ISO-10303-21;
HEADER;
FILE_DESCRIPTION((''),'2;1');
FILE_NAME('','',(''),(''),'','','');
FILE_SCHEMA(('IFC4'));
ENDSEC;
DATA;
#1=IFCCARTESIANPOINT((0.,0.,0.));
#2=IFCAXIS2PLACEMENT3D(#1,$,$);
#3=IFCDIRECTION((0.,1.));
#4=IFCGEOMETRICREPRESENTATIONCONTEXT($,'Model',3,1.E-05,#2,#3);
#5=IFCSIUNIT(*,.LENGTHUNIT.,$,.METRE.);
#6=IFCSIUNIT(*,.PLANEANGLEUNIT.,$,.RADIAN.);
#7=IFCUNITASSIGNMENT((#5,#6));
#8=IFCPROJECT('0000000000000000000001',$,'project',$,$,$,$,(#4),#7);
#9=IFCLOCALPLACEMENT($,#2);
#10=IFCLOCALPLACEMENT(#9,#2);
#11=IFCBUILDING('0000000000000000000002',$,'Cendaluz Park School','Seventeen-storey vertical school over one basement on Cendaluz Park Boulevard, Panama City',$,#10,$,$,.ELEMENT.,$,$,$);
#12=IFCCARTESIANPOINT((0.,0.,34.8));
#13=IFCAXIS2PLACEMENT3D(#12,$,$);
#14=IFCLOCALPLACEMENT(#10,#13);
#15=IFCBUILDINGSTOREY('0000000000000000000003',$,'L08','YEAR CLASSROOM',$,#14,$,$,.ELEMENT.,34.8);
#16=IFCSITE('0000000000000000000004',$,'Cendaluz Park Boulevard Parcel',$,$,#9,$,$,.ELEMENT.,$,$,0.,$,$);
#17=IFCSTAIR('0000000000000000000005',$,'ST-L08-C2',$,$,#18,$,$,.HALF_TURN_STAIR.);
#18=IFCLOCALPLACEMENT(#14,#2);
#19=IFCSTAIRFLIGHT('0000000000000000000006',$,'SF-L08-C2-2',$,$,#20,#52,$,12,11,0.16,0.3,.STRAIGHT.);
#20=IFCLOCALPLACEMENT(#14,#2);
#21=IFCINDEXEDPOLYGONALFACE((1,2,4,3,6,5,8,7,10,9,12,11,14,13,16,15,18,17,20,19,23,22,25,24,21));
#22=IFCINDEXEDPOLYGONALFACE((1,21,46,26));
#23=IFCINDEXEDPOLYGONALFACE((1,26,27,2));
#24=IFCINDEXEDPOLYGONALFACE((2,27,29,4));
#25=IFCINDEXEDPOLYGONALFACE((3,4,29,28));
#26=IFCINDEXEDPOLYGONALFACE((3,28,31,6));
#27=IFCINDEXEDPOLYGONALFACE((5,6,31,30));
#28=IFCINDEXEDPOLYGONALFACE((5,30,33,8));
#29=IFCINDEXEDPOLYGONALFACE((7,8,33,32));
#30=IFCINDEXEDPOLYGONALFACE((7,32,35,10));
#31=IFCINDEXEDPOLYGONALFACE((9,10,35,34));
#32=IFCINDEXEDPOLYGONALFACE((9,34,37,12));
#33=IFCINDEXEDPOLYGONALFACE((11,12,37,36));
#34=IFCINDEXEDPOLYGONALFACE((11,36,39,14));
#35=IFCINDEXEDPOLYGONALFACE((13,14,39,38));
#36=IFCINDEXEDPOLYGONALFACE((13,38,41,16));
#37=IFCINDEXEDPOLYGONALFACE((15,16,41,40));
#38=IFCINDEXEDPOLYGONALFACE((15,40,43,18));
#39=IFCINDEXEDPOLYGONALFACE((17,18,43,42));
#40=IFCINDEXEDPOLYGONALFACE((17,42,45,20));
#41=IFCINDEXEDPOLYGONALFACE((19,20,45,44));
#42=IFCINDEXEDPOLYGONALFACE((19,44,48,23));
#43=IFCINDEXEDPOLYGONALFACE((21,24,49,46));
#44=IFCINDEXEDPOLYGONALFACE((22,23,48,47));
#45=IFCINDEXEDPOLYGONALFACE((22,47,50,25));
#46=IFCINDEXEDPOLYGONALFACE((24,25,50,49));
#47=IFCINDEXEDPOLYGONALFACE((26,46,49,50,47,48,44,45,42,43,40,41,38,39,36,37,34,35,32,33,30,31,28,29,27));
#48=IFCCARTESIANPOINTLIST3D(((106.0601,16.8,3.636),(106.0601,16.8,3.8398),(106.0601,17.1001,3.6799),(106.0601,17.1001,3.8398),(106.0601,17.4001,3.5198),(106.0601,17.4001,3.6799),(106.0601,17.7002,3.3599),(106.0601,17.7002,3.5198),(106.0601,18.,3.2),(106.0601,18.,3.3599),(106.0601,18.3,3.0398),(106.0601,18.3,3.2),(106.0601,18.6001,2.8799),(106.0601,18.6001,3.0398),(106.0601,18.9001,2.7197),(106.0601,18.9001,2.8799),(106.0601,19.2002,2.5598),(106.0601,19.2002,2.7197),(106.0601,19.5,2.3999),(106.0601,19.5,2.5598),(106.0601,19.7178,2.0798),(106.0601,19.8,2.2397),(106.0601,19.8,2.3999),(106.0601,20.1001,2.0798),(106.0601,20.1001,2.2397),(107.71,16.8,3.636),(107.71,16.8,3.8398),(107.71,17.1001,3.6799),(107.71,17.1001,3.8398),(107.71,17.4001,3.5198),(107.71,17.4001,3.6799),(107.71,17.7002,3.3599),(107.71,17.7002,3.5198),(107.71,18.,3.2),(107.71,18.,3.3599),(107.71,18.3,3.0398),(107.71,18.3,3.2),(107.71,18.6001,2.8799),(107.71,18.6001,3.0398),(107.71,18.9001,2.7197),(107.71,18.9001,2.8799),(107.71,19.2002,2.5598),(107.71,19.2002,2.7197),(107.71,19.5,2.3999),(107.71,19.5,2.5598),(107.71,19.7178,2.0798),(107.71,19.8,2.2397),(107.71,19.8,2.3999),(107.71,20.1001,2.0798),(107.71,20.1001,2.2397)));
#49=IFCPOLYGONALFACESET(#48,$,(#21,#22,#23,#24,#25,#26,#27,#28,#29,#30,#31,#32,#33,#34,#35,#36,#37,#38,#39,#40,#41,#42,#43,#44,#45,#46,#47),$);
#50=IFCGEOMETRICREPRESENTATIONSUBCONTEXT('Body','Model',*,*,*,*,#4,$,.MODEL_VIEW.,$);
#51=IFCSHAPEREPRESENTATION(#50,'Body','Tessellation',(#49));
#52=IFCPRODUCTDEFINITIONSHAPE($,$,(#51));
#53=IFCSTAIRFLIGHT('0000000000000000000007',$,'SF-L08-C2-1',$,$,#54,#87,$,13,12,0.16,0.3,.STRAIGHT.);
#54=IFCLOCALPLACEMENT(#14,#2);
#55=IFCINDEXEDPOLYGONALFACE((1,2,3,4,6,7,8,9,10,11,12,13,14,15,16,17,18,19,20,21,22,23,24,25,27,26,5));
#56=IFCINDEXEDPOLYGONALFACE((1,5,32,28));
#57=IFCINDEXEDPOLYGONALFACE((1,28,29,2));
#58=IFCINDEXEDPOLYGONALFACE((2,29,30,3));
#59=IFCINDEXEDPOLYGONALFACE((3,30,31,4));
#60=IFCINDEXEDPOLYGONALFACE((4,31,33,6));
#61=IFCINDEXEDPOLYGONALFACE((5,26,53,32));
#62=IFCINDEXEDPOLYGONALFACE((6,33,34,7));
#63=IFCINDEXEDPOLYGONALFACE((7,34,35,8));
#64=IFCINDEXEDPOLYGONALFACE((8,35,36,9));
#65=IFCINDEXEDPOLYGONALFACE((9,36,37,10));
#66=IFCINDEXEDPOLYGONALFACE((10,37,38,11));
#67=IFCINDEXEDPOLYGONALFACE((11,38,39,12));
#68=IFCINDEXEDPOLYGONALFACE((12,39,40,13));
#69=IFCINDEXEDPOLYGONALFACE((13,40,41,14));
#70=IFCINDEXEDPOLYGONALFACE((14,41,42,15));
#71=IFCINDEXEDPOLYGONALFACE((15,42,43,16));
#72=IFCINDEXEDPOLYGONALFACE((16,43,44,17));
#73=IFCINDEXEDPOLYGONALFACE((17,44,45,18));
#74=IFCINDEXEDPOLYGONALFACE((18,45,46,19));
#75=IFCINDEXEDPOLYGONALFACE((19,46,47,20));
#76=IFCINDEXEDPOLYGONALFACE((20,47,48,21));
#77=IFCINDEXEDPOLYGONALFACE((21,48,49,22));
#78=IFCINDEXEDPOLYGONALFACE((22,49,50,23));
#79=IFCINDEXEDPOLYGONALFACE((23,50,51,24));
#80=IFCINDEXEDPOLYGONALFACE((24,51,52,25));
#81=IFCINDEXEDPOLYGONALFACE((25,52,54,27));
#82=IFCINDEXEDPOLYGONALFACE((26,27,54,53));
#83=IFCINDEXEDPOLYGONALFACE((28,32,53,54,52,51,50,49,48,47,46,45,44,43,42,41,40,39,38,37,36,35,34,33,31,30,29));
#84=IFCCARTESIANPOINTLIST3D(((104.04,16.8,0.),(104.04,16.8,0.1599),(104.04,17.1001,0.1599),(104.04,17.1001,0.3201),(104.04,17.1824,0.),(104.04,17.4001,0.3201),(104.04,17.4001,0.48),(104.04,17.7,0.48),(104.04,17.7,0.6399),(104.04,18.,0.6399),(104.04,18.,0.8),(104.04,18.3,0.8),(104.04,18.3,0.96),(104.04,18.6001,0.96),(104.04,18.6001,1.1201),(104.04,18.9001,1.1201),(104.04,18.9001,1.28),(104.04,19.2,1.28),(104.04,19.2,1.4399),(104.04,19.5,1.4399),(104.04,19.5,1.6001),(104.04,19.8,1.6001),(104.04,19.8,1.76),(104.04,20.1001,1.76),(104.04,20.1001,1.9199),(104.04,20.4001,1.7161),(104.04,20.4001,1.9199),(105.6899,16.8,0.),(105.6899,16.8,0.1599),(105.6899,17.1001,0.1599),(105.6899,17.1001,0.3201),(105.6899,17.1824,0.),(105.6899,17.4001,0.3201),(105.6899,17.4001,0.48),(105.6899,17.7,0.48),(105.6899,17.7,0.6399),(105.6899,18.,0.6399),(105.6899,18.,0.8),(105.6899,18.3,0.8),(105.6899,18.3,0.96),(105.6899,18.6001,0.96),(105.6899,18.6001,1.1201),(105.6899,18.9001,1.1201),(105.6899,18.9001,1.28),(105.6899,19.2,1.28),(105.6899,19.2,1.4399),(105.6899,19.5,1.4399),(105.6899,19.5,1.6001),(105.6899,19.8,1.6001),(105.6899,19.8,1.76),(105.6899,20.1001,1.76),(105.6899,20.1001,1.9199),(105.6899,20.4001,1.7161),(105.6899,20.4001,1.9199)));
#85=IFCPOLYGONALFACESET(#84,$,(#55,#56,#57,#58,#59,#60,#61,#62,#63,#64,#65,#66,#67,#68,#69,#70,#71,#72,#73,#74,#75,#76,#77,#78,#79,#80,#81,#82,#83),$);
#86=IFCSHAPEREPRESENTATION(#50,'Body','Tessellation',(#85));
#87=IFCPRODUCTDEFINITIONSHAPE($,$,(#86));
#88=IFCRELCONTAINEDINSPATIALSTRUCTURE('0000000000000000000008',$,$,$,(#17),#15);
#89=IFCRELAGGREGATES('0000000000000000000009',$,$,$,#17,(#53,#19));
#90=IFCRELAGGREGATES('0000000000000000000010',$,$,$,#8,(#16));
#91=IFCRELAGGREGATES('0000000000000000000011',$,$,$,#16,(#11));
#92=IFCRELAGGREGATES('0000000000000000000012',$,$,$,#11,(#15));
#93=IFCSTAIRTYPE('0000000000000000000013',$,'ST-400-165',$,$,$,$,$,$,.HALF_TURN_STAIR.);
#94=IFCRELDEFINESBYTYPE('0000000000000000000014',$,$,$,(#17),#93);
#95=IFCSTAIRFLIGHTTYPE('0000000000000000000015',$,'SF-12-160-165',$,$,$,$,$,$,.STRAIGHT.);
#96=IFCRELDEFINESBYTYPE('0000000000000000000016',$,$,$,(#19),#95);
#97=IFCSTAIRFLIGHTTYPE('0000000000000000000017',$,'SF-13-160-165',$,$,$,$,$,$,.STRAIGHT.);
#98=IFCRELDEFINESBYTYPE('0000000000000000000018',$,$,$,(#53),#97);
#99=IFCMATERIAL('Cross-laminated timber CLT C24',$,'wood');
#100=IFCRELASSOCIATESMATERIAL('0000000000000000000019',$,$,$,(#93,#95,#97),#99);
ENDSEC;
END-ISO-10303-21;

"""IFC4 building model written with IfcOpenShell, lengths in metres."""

from ifc_helpers import new_model, si_unit, direction, frame, origin, place, context, subcontext, project, spatial, polyline, outline, extrude, material, type_object, element, aggregate, save


model = new_model("IFC4")

# Units and contexts
model_context = context("Model", 3, precision=1e-05, world=origin(), true_north=direction((0.0, 1.0)))
body_context = subcontext(model_context, "Body", "Model", "MODEL_VIEW")
ifc_project = project(units=[si_unit("LENGTHUNIT", "METRE"), si_unit("PLANEANGLEUNIT", "RADIAN")], contexts=[model_context])

# Site, building, storey
site_placement = place(None, origin())
site = spatial("IfcSite", under=ifc_project, at=site_placement, Name="Cendaluz Park Boulevard Parcel", CompositionType="ELEMENT", RefElevation=0.0)
building_placement = place(site_placement, origin())
building = spatial("IfcBuilding", under=site, at=building_placement, Name="Cendaluz Park School", Description="Seventeen-storey vertical school over one basement on Cendaluz Park Boulevard, Panama City", CompositionType="ELEMENT")
storey_placement = place(building_placement, frame((0.0, 0.0, 34.8)))
storey = spatial("IfcBuildingStorey", under=building, at=storey_placement, Name="L08", Description="YEAR CLASSROOM", CompositionType="ELEMENT", Elevation=34.8)

# Stair, stair flights
ifc_material_1 = material(Name="Cross-laminated timber CLT C24", Category="wood")
stair_type = type_object("IfcStairType", Name="ST-400-165", PredefinedType="HALF_TURN_STAIR", material=ifc_material_1)
stair_placement = place(storey_placement, origin())
stair = element("IfcStair", 1, at=stair_placement, inside=storey, type_object=stair_type, Name="ST-L08-C2", PredefinedType="HALF_TURN_STAIR")
stair_flight_type_1 = type_object("IfcStairFlightType", Name="SF-12-160-165", PredefinedType="STRAIGHT", material=ifc_material_1)
stair_flight_1_placement = place(storey_placement, frame((106.885, 20.1001, 2.0798), z_axis=(0.0, 0.0, 1.0), x_axis=(0.0, -1.0, 0.0)))
stair_flight_1 = element("IfcStairFlight", 2, at=stair_flight_1_placement, type_object=stair_flight_type_1, Name="SF-L08-C2-2", NumberOfRisers=12, NumberOfTreads=11, PredefinedType="STRAIGHT", RiserHeight=0.16, TreadLength=0.3, context=body_context, shape_type="SweptSolid", body=[
    extrude(outline(polyline([(0.0, 0.0), (0.0, 0.1599), (0.3, 0.1599), (0.3, 0.3201), (0.6001, 0.3201), (0.6001, 0.48), (0.8999, 0.48), (0.8999, 0.6399), (1.2, 0.6399), (1.2, 0.8), (1.5, 0.8), (1.5, 0.96), (1.8, 0.96), (1.8, 1.1201), (2.1001, 1.1201), (2.1001, 1.28), (2.3999, 1.28), (2.3999, 1.4399), (2.7, 1.4399), (2.7, 1.6001), (3.0, 1.6001), (3.0, 1.76), (3.3, 1.76), (3.3, 1.9199), (3.3, 1.5562), (0.3823, 0.0), (0.0, 0.0)])), frame((0.0, 0.825, 0.0), z_axis=(0.0, -1.0, 0.0), x_axis=(1.0, 0.0, 0.0)), (0.0, 0.0, 1.0), 1.6499),
])
stair_flight_type_2 = type_object("IfcStairFlightType", Name="SF-13-160-165", PredefinedType="STRAIGHT", material=ifc_material_1)
stair_flight_2_placement = place(storey_placement, frame((104.865, 16.8, 0.0), z_axis=(0.0, 0.0, 1.0), x_axis=(0.0, 1.0, 0.0)))
stair_flight_2 = element("IfcStairFlight", 3, at=stair_flight_2_placement, type_object=stair_flight_type_2, Name="SF-L08-C2-1", NumberOfRisers=13, NumberOfTreads=12, PredefinedType="STRAIGHT", RiserHeight=0.16, TreadLength=0.3, context=body_context, shape_type="SweptSolid", body=[
    extrude(outline(polyline([(0.0, 0.0), (0.0, 0.1599), (0.3, 0.1599), (0.3, 0.3201), (0.6001, 0.3201), (0.6001, 0.48), (0.8999, 0.48), (0.8999, 0.6399), (1.2, 0.6399), (1.2, 0.8), (1.5, 0.8), (1.5, 0.96), (1.8, 0.96), (1.8, 1.1201), (2.1001, 1.1201), (2.1001, 1.28), (2.3999, 1.28), (2.3999, 1.4399), (2.7, 1.4399), (2.7, 1.6001), (3.0, 1.6001), (3.0, 1.76), (3.3, 1.76), (3.3, 1.9199), (3.6001, 1.9199), (3.6001, 2.0801), (3.6001, 1.7161), (0.3823, 0.0), (0.0, 0.0)])), frame((0.0, 0.825, 0.0), z_axis=(0.0, -1.0, 0.0), x_axis=(1.0, 0.0, 0.0)), (0.0, 0.0, 1.0), 1.6499),
])
aggregate(stair, [stair_flight_2, stair_flight_1])

save(model, "model.ifc")
